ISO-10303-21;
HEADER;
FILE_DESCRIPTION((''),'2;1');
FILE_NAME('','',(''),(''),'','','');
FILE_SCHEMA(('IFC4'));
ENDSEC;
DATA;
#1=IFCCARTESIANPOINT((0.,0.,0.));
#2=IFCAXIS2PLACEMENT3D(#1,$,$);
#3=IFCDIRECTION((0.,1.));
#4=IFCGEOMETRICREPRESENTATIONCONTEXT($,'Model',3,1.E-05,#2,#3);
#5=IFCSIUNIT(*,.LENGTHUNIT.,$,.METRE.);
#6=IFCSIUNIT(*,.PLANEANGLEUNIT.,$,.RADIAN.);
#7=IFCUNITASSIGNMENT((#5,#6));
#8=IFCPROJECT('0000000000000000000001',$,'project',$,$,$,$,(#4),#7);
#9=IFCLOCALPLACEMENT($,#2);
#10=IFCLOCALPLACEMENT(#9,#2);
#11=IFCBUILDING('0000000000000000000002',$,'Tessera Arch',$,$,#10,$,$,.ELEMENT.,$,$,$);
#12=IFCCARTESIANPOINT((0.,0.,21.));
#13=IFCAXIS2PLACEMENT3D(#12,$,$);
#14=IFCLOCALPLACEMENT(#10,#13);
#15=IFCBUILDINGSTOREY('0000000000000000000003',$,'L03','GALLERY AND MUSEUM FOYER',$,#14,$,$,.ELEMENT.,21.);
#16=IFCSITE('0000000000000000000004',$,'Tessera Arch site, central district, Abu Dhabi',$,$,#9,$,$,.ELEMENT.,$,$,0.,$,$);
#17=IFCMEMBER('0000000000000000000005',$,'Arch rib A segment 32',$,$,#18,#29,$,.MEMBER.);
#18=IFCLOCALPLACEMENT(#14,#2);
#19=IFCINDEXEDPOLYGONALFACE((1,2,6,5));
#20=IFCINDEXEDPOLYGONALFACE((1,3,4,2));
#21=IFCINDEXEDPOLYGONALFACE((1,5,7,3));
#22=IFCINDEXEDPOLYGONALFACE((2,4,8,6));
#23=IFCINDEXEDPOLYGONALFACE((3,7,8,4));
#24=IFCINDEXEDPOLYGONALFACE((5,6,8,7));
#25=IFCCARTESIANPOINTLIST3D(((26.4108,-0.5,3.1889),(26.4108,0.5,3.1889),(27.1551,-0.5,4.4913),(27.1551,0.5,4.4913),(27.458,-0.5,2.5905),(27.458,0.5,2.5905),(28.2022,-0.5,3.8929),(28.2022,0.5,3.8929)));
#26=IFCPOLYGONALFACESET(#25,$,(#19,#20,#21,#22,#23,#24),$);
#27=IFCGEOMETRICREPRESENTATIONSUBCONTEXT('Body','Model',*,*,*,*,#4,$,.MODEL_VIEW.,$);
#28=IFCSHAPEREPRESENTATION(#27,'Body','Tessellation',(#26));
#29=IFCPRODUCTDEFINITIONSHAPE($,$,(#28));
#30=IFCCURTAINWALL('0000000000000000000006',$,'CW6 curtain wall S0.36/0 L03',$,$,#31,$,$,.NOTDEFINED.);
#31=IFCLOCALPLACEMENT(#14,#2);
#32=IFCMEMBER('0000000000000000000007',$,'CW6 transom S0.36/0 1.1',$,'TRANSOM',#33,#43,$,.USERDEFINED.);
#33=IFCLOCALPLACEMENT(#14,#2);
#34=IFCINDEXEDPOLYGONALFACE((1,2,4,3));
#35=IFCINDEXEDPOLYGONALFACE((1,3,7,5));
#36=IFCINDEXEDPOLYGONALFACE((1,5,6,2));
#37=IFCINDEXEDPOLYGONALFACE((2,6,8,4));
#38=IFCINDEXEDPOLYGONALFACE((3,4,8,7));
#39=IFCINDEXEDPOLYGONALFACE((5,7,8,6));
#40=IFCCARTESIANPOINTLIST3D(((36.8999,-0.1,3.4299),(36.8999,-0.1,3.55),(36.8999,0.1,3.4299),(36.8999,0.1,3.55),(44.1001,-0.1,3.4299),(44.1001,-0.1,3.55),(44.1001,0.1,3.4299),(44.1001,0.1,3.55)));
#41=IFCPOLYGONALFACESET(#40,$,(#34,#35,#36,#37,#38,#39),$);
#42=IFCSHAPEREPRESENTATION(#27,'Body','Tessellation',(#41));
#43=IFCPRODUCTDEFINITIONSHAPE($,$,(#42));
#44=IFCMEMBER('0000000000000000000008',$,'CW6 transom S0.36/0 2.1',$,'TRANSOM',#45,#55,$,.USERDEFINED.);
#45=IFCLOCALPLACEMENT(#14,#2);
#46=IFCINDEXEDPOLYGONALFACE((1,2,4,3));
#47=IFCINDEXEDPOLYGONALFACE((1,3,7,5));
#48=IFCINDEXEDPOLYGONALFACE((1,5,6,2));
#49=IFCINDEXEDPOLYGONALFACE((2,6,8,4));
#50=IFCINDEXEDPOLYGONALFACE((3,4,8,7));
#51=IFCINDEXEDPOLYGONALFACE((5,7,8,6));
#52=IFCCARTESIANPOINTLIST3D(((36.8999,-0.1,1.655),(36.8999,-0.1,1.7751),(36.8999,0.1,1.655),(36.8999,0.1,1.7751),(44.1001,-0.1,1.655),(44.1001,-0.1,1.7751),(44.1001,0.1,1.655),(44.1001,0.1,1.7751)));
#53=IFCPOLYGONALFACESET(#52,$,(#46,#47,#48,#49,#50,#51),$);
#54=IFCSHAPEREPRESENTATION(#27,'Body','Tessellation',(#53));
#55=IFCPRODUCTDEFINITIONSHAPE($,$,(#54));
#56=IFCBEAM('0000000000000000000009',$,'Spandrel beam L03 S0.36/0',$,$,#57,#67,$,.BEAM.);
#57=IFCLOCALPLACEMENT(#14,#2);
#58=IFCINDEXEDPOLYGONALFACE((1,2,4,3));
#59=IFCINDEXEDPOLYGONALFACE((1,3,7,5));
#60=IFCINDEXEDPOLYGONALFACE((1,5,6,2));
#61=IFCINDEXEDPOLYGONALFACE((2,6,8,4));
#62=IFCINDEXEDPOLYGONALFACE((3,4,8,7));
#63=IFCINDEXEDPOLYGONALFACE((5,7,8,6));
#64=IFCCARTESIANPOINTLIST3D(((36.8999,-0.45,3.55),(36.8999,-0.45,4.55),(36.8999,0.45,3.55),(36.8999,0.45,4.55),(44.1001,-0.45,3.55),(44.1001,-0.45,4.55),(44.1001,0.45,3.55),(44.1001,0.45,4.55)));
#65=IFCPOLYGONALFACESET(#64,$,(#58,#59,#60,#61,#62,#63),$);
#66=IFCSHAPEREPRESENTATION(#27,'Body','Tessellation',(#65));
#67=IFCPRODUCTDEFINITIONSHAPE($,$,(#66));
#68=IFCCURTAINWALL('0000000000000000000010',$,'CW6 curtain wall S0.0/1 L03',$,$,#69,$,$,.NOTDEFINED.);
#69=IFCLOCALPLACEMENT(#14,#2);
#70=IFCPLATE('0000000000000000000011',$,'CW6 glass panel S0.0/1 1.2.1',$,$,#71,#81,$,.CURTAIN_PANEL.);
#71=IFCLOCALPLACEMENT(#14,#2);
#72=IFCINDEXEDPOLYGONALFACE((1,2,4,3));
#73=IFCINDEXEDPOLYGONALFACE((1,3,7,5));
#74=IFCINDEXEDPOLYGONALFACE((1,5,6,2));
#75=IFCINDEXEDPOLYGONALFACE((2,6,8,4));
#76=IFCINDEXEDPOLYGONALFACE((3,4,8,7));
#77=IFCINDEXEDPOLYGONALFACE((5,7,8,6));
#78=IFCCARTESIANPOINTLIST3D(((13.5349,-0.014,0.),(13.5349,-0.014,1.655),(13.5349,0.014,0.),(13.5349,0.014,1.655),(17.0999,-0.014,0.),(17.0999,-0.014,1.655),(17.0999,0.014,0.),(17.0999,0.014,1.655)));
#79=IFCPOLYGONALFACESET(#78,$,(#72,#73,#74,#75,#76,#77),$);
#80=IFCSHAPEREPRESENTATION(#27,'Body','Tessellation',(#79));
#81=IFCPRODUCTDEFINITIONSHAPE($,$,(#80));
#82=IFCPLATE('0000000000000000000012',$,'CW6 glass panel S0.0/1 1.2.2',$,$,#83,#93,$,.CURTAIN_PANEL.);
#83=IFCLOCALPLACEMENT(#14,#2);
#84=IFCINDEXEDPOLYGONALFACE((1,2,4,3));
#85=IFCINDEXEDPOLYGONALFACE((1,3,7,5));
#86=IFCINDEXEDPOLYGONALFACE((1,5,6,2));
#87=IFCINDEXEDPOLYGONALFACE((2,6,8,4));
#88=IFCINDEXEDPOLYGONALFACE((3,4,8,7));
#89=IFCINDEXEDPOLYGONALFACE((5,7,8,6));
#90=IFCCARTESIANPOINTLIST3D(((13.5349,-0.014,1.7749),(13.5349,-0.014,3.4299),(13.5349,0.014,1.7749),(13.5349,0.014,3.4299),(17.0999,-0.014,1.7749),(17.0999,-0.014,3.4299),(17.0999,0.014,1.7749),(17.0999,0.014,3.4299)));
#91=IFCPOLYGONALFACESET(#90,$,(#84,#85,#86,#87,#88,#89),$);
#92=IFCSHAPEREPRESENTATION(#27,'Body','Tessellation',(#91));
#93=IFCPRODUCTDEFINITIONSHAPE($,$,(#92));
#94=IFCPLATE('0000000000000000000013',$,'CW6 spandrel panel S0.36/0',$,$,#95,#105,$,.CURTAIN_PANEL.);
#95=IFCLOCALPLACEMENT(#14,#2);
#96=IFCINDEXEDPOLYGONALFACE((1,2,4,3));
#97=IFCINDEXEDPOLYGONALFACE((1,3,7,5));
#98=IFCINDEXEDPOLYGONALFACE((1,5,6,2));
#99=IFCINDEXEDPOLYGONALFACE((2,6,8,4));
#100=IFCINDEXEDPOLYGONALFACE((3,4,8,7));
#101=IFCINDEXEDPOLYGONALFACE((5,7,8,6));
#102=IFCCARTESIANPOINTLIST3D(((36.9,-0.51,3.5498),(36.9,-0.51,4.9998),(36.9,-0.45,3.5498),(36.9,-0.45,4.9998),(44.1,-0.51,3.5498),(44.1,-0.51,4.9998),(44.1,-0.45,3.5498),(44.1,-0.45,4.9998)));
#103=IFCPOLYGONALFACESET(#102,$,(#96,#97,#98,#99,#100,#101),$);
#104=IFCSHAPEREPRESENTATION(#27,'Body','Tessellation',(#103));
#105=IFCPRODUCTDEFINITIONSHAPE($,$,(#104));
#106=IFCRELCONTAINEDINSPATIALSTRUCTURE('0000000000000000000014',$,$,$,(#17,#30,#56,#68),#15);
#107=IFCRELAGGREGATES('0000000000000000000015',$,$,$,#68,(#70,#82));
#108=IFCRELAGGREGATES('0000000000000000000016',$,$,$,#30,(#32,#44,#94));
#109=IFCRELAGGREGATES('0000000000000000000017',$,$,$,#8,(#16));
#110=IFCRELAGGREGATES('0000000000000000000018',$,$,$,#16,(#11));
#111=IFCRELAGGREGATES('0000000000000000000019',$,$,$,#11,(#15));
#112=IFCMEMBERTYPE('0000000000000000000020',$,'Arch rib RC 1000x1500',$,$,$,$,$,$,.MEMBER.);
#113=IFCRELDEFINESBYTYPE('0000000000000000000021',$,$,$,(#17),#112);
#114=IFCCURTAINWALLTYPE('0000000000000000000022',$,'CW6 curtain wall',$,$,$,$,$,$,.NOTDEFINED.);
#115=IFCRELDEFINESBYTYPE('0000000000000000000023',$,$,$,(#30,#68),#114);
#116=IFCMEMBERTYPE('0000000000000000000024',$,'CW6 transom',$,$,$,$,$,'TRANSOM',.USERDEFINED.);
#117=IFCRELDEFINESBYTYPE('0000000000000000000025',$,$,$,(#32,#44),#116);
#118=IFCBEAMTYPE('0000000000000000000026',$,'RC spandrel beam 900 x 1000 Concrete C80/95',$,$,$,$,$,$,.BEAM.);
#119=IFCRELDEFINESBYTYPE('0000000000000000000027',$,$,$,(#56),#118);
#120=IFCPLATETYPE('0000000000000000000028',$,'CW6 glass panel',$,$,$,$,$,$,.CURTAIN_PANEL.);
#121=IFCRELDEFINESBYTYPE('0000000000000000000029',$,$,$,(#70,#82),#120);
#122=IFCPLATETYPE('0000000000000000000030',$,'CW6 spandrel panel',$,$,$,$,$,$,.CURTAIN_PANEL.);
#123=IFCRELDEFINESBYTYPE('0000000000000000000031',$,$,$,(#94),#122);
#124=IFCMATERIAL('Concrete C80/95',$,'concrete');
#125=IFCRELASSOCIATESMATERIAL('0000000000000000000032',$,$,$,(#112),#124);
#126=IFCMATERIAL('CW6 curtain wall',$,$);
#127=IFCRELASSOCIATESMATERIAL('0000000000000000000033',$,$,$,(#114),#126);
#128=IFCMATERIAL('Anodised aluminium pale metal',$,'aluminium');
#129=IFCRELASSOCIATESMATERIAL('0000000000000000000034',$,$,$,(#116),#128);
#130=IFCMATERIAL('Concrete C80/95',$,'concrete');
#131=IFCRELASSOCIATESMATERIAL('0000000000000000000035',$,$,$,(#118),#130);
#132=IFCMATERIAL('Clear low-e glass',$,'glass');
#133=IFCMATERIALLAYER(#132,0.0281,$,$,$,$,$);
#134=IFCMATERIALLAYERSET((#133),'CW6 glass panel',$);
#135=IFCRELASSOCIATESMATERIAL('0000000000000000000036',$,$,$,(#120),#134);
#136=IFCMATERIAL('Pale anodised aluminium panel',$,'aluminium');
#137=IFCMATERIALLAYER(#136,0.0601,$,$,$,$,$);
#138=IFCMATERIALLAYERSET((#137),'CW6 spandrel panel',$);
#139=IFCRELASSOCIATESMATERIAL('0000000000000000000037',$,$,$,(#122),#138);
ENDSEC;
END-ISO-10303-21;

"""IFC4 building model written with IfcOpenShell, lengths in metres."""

from ifc_helpers import new_model, si_unit, direction, frame, origin, origin_2d, place, context, subcontext, project, spatial, rectangle, extrude, material, layer, layer_set, material_profile, profile_set, type_object, element, aggregate, save


model = new_model("IFC4")

# Units and contexts
model_context = context("Model", 3, precision=1e-05, world=origin(), true_north=direction((0.0, 1.0)))
body_context = subcontext(model_context, "Body", "Model", "MODEL_VIEW")
ifc_project = project(units=[si_unit("LENGTHUNIT", "METRE"), si_unit("PLANEANGLEUNIT", "RADIAN")], contexts=[model_context])

# Site, building, storey
site_placement = place(None, origin())
site = spatial("IfcSite", under=ifc_project, at=site_placement, Name="Tessera Arch site, central district, Abu Dhabi", CompositionType="ELEMENT", RefElevation=0.0)
building_placement = place(site_placement, origin())
building = spatial("IfcBuilding", under=site, at=building_placement, Name="Tessera Arch", CompositionType="ELEMENT")
storey_placement = place(building_placement, frame((0.0, 0.0, 21.0)))
storey = spatial("IfcBuildingStorey", under=building, at=storey_placement, Name="L03", Description="GALLERY AND MUSEUM FOYER", CompositionType="ELEMENT", Elevation=21.0)

# Member
ifc_material_1 = material(Name="Concrete C80/95", Category="concrete")
ifc_material_profile_1 = material_profile(ifc_material_1, rectangle(XDim=1.0, YDim=1.5, at=origin_2d()), Name="RC 1000x1500")
ifc_profile_set_1 = profile_set([ifc_material_profile_1], Name="Concrete C80/95")
member_type_1 = type_object("IfcMemberType", Name="Arch rib RC 1000x1500", PredefinedType="MEMBER", material=ifc_profile_set_1)
member_1_placement = place(storey_placement, frame((27.8301, 0.0, 3.2417), z_axis=(-0.868231, 0.0, 0.496161), x_axis=(0.0, -1.0, 0.0)))
element("IfcMember", 1, at=member_1_placement, inside=storey, type_object=member_type_1, Name="Arch rib A segment 32", PredefinedType="MEMBER", context=body_context, shape_type="SweptSolid", body=[
    extrude(rectangle(XDim=1.0, YDim=1.5, at=origin_2d()), origin(), (0.0, 0.0, 1.0), 1.2061),
])

# Curtain wall, members
ifc_material_2 = material(Name="CW6 curtain wall")
curtain_wall_type = type_object("IfcCurtainWallType", Name="CW6 curtain wall", PredefinedType="NOTDEFINED", material=ifc_material_2)
curtain_wall_1_placement = place(storey_placement, origin())
curtain_wall_1 = element("IfcCurtainWall", 2, at=curtain_wall_1_placement, inside=storey, type_object=curtain_wall_type, Name="CW6 curtain wall S0.36/0 L03", PredefinedType="NOTDEFINED")
ifc_material_3 = material(Name="Anodised aluminium pale metal", Category="aluminium")
ifc_material_profile_2 = material_profile(ifc_material_3, rectangle(XDim=0.2, YDim=0.1201, at=origin_2d()), Name="AL 200x120")
ifc_profile_set_2 = profile_set([ifc_material_profile_2], Name="Anodised aluminium pale metal")
member_type_2 = type_object("IfcMemberType", Name="CW6 transom", ElementType="TRANSOM", PredefinedType="USERDEFINED", material=ifc_profile_set_2)
member_2_placement = place(storey_placement, frame((36.8999, 0.0, 3.49), z_axis=(1.0, 0.0, 0.0), x_axis=(0.0, 1.0, 0.0)))
member_2 = element("IfcMember", 3, at=member_2_placement, type_object=member_type_2, Name="CW6 transom S0.36/0 1.1", ObjectType="TRANSOM", PredefinedType="USERDEFINED", context=body_context, shape_type="SweptSolid", body=[
    extrude(rectangle(XDim=0.2, YDim=0.1201, at=origin_2d()), origin(), (0.0, 0.0, 1.0), 7.2002),
])
member_3_placement = place(storey_placement, frame((36.8999, 0.0, 1.7151), z_axis=(1.0, 0.0, 0.0), x_axis=(0.0, 1.0, 0.0)))
member_3 = element("IfcMember", 4, at=member_3_placement, type_object=member_type_2, Name="CW6 transom S0.36/0 2.1", ObjectType="TRANSOM", PredefinedType="USERDEFINED", context=body_context, shape_type="SweptSolid", body=[
    extrude(rectangle(XDim=0.2, YDim=0.1201, at=origin_2d()), origin(), (0.0, 0.0, 1.0), 7.2002),
])

# Beam
ifc_material_4 = material(Name="Concrete C80/95", Category="concrete")
ifc_material_profile_3 = material_profile(ifc_material_4, rectangle(XDim=0.8999, YDim=1.0, at=origin_2d()), Name="RC spandrel beam 900 x 1000 Concrete C80/95")
ifc_profile_set_3 = profile_set([ifc_material_profile_3], Name="Concrete C80/95")
beam_type = type_object("IfcBeamType", Name="RC spandrel beam 900 x 1000 Concrete C80/95", PredefinedType="BEAM", material=ifc_profile_set_3)
beam_placement = place(storey_placement, frame((36.8999, 0.0, 4.05), z_axis=(1.0, 0.0, 0.0), x_axis=(0.0, 1.0, 0.0)))
element("IfcBeam", 5, at=beam_placement, inside=storey, type_object=beam_type, Name="Spandrel beam L03 S0.36/0", PredefinedType="BEAM", context=body_context, shape_type="SweptSolid", body=[
    extrude(rectangle(XDim=0.8999, YDim=1.0, at=origin_2d()), origin(), (0.0, 0.0, 1.0), 7.2002),
])

# Curtain wall, plates
curtain_wall_2_placement = place(storey_placement, origin())
curtain_wall_2 = element("IfcCurtainWall", 6, at=curtain_wall_2_placement, inside=storey, type_object=curtain_wall_type, Name="CW6 curtain wall S0.0/1 L03", PredefinedType="NOTDEFINED")
ifc_material_5 = material(Name="Clear low-e glass", Category="glass")
ifc_layer_1 = layer(ifc_material_5, 0.0281)
ifc_layer_set_1 = layer_set([ifc_layer_1], Name="CW6 glass panel")
plate_type_1 = type_object("IfcPlateType", Name="CW6 glass panel", PredefinedType="CURTAIN_PANEL", material=ifc_layer_set_1)
plate_1_placement = place(storey_placement, frame((15.3174, 0.0, 0.0), z_axis=(0.0, 0.0, 1.0), x_axis=(1.0, 0.0, 0.0)))
plate_1 = element("IfcPlate", 7, at=plate_1_placement, type_object=plate_type_1, Name="CW6 glass panel S0.0/1 1.2.1", PredefinedType="CURTAIN_PANEL", context=body_context, shape_type="SweptSolid", body=[
    extrude(rectangle(XDim=3.5649, YDim=0.0281, at=origin_2d()), origin(), (0.0, 0.0, 1.0), 1.655),
])
plate_2_placement = place(storey_placement, frame((15.3174, 0.0, 1.7749), z_axis=(0.0, 0.0, 1.0), x_axis=(1.0, 0.0, 0.0)))
plate_2 = element("IfcPlate", 8, at=plate_2_placement, type_object=plate_type_1, Name="CW6 glass panel S0.0/1 1.2.2", PredefinedType="CURTAIN_PANEL", context=body_context, shape_type="SweptSolid", body=[
    extrude(rectangle(XDim=3.5649, YDim=0.0281, at=origin_2d()), origin(), (0.0, 0.0, 1.0), 1.655),
])
aggregate(curtain_wall_2, [plate_1, plate_2])

# Plate
ifc_material_6 = material(Name="Pale anodised aluminium panel", Category="aluminium")
ifc_layer_2 = layer(ifc_material_6, 0.0601)
ifc_layer_set_2 = layer_set([ifc_layer_2], Name="CW6 spandrel panel")
plate_type_2 = type_object("IfcPlateType", Name="CW6 spandrel panel", PredefinedType="CURTAIN_PANEL", material=ifc_layer_set_2)
plate_3_placement = place(storey_placement, frame((40.5, -0.48, 3.5498), z_axis=(0.0, 0.0, 1.0), x_axis=(1.0, 0.0, 0.0)))
plate_3 = element("IfcPlate", 9, at=plate_3_placement, type_object=plate_type_2, Name="CW6 spandrel panel S0.36/0", PredefinedType="CURTAIN_PANEL", context=body_context, shape_type="SweptSolid", body=[
    extrude(rectangle(XDim=7.2, YDim=0.0601, at=origin_2d()), origin(), (0.0, 0.0, 1.0), 1.45),
])
aggregate(curtain_wall_1, [member_2, member_3, plate_3])

save(model, "model.ifc")
